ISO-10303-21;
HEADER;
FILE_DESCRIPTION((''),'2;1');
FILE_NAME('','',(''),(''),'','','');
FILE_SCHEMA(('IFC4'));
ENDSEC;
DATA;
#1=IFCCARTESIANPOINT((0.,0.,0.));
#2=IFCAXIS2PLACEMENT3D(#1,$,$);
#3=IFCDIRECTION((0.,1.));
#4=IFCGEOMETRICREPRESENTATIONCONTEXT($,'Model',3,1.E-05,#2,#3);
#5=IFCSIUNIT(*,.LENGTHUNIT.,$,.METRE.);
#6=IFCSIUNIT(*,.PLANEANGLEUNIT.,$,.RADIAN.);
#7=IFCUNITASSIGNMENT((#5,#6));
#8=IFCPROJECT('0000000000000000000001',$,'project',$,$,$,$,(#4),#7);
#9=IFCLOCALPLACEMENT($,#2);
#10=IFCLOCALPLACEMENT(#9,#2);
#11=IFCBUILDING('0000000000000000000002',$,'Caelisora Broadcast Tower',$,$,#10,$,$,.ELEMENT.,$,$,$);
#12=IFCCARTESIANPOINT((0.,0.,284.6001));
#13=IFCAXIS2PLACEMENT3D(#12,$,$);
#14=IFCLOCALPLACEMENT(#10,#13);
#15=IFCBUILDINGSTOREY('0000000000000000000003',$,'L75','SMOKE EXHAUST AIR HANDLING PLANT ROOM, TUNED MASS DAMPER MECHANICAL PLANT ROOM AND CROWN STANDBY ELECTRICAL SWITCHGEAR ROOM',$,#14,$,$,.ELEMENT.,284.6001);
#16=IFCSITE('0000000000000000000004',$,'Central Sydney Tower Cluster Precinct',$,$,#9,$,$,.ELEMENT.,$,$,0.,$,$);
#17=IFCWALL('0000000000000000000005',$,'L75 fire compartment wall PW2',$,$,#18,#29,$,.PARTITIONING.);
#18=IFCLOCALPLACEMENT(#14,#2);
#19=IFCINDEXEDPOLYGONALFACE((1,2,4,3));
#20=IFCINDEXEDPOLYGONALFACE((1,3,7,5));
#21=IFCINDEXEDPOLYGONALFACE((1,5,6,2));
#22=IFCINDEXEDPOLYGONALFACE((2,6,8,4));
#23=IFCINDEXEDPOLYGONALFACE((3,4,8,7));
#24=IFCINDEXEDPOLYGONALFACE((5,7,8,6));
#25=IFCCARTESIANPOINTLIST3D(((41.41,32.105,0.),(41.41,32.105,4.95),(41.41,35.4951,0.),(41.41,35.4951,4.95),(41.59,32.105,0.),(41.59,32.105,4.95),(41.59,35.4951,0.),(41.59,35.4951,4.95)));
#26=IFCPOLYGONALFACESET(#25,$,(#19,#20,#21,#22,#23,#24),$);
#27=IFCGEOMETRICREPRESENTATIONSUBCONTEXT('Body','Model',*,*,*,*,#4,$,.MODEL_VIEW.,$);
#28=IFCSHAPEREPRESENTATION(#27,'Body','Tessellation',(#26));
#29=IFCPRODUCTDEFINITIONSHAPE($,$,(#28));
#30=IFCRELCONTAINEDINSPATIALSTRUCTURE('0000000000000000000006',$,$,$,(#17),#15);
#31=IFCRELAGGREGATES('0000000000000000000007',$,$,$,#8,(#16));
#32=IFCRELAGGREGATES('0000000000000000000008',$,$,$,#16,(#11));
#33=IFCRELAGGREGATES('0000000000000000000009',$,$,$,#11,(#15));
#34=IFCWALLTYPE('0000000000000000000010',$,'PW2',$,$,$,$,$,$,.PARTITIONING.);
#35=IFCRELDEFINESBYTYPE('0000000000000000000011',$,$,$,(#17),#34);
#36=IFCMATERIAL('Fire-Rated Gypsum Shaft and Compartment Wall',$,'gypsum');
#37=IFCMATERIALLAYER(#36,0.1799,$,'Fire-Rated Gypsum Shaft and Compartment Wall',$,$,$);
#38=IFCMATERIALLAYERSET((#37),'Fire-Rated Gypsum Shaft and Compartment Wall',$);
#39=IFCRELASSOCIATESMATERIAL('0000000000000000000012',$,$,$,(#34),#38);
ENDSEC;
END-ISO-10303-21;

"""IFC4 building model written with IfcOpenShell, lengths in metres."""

from ifc_helpers import new_model, si_unit, direction, frame, frame_2d, origin, place, context, subcontext, project, spatial, rectangle, extrude, material, layer, layer_set, type_object, element, save


model = new_model("IFC4")

# Units and contexts
model_context = context("Model", 3, precision=1e-05, world=origin(), true_north=direction((0.0, 1.0)))
body_context = subcontext(model_context, "Body", "Model", "MODEL_VIEW")
ifc_project = project(units=[si_unit("LENGTHUNIT", "METRE"), si_unit("PLANEANGLEUNIT", "RADIAN")], contexts=[model_context])

# Site, building, storey
site_placement = place(None, origin())
site = spatial("IfcSite", under=ifc_project, at=site_placement, Name="Central Sydney Tower Cluster Precinct", CompositionType="ELEMENT", RefElevation=0.0)
building_placement = place(site_placement, origin())
building = spatial("IfcBuilding", under=site, at=building_placement, Name="Caelisora Broadcast Tower", CompositionType="ELEMENT")
storey_placement = place(building_placement, frame((0.0, 0.0, 284.6001)))
storey = spatial("IfcBuildingStorey", under=building, at=storey_placement, Name="L75", Description="SMOKE EXHAUST AIR HANDLING PLANT ROOM, TUNED MASS DAMPER MECHANICAL PLANT ROOM AND CROWN STANDBY ELECTRICAL SWITCHGEAR ROOM", CompositionType="ELEMENT", Elevation=284.6001)

# Wall
ifc_material_1 = material(Name="Fire-Rated Gypsum Shaft and Compartment Wall", Category="gypsum")
ifc_layer_1 = layer(ifc_material_1, 0.1799, Name="Fire-Rated Gypsum Shaft and Compartment Wall")
ifc_layer_set_1 = layer_set([ifc_layer_1], Name="Fire-Rated Gypsum Shaft and Compartment Wall")
wall_type = type_object("IfcWallType", Name="PW2", PredefinedType="PARTITIONING", material=ifc_layer_set_1)
wall_1_placement = place(storey_placement, frame((41.5, 32.105, 0.0), z_axis=(0.0, 0.0, 1.0), x_axis=(0.0, 1.0, 0.0)))
element("IfcWall", 1, at=wall_1_placement, inside=storey, type_object=wall_type, Name="L75 fire compartment wall PW2", PredefinedType="PARTITIONING", context=body_context, shape_type="SweptSolid", body=[
    extrude(rectangle(XDim=3.3901, YDim=0.1799, at=frame_2d((1.6951, 0.0))), origin(), (0.0, 0.0, 1.0), 4.95),
])

save(model, "model.ifc")
